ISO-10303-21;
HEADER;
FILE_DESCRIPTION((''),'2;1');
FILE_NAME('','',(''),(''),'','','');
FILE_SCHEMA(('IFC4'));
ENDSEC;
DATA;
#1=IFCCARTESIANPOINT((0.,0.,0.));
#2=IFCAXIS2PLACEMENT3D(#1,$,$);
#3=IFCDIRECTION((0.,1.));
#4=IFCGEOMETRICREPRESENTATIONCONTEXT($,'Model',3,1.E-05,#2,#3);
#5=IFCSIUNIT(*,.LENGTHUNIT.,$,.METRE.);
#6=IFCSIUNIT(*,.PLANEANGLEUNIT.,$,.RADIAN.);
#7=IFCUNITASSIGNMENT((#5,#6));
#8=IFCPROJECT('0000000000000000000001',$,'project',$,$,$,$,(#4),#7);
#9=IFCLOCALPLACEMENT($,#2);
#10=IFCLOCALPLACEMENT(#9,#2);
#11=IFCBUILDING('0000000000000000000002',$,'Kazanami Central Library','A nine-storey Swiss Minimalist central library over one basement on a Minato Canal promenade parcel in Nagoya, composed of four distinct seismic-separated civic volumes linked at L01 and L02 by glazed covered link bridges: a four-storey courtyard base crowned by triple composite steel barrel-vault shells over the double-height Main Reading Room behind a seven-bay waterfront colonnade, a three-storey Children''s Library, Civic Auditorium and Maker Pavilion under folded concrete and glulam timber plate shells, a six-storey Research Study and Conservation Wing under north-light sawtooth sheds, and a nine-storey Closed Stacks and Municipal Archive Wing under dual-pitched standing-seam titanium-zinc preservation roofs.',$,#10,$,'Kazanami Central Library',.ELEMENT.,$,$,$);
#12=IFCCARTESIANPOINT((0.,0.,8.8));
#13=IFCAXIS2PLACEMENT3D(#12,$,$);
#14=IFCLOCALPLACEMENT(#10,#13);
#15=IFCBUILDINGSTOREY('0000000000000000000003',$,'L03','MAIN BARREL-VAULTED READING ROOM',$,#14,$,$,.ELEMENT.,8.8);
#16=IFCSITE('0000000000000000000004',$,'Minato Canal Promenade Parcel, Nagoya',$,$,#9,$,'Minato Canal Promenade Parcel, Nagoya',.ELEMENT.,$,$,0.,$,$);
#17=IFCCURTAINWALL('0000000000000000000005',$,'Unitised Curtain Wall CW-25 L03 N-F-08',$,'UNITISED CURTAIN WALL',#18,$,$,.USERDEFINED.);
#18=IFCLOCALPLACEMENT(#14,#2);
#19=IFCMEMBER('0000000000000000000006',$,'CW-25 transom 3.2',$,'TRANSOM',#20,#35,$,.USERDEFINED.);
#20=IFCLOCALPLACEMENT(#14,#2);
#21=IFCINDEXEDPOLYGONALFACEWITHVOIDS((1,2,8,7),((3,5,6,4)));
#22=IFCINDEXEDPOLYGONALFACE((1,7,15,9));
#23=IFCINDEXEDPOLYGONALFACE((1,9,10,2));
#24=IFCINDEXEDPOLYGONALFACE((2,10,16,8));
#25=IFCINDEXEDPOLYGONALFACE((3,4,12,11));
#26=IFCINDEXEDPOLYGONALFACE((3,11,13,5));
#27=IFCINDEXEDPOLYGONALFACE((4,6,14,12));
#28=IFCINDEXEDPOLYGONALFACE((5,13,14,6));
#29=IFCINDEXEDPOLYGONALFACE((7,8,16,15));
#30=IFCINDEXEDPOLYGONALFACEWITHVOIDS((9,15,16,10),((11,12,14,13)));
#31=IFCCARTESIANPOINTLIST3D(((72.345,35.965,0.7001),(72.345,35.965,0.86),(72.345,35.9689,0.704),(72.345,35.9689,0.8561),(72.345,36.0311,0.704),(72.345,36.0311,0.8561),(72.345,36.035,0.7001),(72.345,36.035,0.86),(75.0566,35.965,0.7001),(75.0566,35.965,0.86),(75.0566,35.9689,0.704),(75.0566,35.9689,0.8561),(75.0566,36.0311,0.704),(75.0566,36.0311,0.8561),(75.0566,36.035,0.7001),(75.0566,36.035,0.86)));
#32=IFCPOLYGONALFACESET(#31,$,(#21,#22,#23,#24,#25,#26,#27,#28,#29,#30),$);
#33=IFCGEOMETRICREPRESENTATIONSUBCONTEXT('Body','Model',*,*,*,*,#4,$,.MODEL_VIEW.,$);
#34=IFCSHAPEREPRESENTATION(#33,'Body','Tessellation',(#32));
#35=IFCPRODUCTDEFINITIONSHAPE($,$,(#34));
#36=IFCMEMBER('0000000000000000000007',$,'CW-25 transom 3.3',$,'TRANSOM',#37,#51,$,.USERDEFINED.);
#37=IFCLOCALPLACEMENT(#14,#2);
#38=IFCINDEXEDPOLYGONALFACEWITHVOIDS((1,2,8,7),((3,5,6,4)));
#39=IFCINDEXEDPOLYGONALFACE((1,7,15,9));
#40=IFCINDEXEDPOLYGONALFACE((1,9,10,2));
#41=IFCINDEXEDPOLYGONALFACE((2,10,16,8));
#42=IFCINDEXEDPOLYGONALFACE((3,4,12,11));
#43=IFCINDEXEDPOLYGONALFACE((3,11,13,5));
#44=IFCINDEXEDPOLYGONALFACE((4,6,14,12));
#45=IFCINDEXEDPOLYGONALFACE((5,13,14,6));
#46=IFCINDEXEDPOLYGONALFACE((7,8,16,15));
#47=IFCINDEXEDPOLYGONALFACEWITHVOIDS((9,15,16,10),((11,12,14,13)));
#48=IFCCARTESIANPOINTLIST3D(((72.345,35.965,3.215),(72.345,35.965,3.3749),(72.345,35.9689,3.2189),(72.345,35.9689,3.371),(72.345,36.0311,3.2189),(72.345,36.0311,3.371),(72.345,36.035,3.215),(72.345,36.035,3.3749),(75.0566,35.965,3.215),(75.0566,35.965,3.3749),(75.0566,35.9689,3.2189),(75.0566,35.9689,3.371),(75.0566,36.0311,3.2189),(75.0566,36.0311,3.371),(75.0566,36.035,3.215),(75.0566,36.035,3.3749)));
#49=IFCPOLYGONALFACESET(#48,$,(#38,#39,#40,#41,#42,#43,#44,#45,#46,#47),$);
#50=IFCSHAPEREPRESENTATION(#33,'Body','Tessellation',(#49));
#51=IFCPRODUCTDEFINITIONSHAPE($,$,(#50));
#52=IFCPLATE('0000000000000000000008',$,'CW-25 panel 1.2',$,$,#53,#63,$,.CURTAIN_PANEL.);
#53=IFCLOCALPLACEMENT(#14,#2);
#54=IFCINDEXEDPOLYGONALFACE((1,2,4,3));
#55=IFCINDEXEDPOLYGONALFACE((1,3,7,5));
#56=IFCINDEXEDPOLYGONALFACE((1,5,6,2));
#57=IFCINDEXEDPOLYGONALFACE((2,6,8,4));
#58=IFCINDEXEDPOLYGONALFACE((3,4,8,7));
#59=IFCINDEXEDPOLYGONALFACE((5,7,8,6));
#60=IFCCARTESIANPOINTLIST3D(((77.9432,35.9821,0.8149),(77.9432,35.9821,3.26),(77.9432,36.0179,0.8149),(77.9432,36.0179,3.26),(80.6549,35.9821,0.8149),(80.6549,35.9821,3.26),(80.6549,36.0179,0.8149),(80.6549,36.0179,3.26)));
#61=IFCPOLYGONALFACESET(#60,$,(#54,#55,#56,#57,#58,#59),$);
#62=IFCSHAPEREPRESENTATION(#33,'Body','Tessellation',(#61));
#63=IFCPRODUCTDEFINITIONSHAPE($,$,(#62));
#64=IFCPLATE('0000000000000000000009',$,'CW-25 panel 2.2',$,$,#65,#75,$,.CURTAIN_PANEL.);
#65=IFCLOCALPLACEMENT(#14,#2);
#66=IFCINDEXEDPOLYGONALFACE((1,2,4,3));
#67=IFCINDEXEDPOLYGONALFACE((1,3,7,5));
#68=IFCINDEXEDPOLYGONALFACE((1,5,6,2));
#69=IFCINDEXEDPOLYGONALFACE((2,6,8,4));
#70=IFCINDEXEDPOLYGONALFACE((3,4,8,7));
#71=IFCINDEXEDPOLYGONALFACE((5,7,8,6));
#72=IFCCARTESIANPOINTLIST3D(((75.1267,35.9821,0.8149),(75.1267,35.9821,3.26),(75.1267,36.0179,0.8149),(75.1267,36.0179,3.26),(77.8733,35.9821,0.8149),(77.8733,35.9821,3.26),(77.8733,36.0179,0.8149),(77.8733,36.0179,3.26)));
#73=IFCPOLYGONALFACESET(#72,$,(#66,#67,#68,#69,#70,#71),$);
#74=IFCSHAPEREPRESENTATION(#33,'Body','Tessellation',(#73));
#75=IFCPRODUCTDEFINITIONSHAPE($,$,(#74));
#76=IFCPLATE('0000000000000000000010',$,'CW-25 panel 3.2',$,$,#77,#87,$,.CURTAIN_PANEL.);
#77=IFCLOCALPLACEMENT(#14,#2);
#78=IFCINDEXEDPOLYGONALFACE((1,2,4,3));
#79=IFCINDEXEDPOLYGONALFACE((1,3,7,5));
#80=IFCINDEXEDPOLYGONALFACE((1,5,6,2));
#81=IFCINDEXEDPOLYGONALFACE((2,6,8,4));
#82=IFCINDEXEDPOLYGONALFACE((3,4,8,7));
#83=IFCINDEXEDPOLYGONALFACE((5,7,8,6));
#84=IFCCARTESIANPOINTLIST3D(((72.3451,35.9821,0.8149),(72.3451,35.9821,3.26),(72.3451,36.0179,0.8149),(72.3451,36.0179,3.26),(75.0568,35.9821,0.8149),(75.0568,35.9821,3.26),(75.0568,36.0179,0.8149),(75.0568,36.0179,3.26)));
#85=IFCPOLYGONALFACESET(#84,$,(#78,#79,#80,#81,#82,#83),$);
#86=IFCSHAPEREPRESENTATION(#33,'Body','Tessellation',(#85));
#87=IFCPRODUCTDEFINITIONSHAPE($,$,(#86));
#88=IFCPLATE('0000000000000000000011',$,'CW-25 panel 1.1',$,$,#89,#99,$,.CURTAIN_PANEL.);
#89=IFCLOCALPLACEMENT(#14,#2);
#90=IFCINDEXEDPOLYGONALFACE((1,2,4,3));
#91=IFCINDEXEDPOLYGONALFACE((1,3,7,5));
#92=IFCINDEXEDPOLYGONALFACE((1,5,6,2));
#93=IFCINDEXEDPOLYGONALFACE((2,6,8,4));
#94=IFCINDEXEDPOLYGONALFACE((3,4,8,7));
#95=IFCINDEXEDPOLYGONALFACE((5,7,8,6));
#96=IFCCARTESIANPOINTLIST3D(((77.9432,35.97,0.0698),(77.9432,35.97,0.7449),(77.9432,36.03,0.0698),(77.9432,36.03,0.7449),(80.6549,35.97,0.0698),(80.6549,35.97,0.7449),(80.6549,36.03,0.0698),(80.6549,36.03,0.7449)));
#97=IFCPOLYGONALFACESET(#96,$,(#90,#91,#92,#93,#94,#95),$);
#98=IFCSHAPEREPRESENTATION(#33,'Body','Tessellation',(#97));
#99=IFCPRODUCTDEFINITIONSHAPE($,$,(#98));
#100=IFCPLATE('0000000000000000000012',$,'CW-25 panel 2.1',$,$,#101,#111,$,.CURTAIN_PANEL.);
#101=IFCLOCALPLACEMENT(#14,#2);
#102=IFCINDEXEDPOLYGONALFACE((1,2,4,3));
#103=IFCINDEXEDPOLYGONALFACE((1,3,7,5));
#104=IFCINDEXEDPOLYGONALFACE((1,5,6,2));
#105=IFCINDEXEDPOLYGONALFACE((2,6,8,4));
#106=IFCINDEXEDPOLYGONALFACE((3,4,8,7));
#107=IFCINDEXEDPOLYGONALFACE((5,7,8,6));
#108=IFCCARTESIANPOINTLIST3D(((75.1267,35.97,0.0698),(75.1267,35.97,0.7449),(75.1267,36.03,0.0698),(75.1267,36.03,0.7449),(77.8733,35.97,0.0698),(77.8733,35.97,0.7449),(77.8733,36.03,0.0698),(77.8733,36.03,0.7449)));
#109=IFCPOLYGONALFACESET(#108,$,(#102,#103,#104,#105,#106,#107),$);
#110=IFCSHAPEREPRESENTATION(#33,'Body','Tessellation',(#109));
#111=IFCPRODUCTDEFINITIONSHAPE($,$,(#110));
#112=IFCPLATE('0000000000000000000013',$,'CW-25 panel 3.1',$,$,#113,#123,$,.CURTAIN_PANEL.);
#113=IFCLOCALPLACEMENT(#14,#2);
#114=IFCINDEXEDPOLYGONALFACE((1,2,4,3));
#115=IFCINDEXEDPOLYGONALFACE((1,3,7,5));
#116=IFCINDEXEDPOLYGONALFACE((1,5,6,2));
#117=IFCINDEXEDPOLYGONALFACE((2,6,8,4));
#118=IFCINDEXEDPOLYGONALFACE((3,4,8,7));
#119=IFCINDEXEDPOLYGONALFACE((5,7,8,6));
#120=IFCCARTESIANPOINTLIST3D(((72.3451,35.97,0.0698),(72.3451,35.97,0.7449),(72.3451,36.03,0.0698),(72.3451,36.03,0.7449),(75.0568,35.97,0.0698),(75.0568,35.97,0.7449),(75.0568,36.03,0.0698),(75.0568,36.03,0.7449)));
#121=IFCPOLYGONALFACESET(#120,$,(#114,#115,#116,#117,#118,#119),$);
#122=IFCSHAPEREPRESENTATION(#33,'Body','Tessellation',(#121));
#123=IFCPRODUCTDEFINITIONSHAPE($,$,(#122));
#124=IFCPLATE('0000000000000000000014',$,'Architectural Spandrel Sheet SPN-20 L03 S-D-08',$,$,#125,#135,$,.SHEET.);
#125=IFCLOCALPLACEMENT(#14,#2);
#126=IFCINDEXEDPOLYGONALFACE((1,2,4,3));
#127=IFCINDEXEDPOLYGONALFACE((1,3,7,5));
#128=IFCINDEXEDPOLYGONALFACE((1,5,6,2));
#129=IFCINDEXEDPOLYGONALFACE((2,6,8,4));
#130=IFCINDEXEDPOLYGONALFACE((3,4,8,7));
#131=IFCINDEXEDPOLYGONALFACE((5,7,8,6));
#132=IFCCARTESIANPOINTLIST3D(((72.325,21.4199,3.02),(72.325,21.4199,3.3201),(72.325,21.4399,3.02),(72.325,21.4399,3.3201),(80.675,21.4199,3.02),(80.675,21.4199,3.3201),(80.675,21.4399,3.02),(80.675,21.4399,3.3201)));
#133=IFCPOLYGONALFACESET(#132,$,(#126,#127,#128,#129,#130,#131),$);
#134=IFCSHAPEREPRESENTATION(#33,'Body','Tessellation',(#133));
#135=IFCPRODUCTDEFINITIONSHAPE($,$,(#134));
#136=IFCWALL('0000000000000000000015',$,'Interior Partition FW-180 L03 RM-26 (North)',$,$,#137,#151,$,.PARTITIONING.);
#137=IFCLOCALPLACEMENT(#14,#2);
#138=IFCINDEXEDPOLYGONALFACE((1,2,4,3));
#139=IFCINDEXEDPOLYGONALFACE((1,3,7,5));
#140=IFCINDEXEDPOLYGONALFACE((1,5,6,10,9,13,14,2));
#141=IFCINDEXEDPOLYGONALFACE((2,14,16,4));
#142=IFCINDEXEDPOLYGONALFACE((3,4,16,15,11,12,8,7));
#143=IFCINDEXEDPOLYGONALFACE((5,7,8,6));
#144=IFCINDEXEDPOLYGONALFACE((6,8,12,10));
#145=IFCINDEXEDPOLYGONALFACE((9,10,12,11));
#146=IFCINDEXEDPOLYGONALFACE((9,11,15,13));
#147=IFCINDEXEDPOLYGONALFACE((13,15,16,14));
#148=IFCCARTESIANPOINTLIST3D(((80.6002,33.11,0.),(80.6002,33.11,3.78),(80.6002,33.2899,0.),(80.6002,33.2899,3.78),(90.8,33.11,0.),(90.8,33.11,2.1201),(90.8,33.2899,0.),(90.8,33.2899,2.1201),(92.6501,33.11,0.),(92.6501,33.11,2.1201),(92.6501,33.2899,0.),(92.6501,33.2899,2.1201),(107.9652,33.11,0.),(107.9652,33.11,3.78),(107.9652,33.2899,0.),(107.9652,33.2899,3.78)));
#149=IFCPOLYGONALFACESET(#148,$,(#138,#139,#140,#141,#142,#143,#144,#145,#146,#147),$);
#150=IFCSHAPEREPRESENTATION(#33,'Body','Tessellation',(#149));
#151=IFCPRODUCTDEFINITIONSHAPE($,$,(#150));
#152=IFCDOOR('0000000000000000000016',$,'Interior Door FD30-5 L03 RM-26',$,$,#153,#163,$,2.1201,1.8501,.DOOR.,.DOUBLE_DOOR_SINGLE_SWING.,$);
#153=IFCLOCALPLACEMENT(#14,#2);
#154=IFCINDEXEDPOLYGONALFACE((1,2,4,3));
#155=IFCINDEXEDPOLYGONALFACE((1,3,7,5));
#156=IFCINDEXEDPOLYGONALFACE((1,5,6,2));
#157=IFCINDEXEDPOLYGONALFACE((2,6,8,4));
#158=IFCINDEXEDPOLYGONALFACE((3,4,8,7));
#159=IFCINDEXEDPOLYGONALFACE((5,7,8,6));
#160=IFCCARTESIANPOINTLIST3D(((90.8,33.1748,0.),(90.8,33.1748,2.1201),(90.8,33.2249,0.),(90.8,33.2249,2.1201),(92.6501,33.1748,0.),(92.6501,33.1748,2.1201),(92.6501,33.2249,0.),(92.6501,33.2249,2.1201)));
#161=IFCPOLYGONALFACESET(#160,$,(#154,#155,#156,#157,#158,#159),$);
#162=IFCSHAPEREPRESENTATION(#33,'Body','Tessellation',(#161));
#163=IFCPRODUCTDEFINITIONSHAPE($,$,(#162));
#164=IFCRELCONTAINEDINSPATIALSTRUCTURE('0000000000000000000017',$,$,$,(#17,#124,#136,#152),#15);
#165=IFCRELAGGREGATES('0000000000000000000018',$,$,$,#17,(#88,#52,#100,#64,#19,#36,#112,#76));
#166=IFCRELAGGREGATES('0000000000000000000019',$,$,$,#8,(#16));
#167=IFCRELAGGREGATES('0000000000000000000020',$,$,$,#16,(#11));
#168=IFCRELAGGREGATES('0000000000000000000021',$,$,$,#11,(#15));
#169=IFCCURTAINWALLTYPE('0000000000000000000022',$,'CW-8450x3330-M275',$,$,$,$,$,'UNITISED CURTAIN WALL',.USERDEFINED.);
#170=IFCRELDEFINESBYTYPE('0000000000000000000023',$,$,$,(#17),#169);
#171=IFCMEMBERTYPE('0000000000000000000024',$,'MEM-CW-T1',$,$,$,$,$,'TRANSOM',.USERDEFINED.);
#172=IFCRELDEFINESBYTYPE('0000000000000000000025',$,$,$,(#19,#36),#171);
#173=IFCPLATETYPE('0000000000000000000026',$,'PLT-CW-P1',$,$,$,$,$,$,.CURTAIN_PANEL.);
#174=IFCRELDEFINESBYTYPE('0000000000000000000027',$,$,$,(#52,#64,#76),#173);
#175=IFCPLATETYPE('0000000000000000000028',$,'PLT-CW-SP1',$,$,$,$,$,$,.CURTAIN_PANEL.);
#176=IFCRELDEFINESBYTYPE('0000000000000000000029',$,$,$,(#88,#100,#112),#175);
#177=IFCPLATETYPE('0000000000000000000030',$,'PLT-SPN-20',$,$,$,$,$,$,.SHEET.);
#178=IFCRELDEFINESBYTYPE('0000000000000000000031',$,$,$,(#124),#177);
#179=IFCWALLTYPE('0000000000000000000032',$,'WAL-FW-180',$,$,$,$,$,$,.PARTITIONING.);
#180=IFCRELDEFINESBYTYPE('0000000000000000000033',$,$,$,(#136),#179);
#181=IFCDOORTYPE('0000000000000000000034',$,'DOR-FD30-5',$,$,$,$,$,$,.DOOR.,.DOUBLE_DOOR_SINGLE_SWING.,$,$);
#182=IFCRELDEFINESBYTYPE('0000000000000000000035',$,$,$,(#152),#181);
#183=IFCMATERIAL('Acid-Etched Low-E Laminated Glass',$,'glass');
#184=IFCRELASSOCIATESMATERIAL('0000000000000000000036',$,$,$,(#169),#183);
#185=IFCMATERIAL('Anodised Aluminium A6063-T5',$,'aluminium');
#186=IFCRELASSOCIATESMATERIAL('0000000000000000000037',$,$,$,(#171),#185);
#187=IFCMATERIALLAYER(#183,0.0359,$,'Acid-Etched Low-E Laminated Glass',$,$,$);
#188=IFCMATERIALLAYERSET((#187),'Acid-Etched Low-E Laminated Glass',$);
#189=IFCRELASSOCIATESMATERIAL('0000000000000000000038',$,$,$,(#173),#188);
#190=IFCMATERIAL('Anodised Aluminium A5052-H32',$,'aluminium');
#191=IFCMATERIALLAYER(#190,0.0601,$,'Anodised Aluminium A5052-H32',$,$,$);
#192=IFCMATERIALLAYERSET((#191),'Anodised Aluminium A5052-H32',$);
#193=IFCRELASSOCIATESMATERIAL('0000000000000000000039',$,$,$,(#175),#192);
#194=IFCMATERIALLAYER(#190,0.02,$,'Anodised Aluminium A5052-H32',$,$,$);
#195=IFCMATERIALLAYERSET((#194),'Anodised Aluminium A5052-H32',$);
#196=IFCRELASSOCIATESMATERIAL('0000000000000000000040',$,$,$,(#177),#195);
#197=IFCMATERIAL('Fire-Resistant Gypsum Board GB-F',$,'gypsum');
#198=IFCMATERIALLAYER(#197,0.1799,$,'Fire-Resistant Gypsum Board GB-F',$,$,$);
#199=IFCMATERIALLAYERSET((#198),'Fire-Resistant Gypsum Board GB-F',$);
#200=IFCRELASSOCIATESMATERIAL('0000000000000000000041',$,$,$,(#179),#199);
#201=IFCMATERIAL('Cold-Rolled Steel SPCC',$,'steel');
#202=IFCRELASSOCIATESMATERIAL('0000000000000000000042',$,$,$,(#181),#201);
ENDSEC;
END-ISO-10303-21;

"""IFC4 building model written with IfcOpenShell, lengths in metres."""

from ifc_helpers import new_model, si_unit, direction, frame, frame_2d, origin, origin_2d, place, context, subcontext, project, spatial, rectangle, hollow_rectangle, extrude, material, layer, layer_set, material_profile, profile_set, type_object, element, fill, aggregate, save


model = new_model("IFC4")

# Units and contexts
model_context = context("Model", 3, precision=1e-05, world=origin(), true_north=direction((0.0, 1.0)))
body_context = subcontext(model_context, "Body", "Model", "MODEL_VIEW")
ifc_project = project(units=[si_unit("LENGTHUNIT", "METRE"), si_unit("PLANEANGLEUNIT", "RADIAN")], contexts=[model_context])

# Site, building, storey
site_placement = place(None, origin())
site = spatial("IfcSite", under=ifc_project, at=site_placement, Name="Minato Canal Promenade Parcel, Nagoya", LongName="Minato Canal Promenade Parcel, Nagoya", CompositionType="ELEMENT", RefElevation=0.0)
building_placement = place(site_placement, origin())
building = spatial("IfcBuilding", under=site, at=building_placement, Name="Kazanami Central Library", Description="A nine-storey Swiss Minimalist central library over one basement on a Minato Canal promenade parcel in Nagoya, composed of four distinct seismic-separated civic volumes linked at L01 and L02 by glazed covered link bridges: a four-storey courtyard base crowned by triple composite steel barrel-vault shells over the double-height Main Reading Room behind a seven-bay waterfront colonnade, a three-storey Children's Library, Civic Auditorium and Maker Pavilion under folded concrete and glulam timber plate shells, a six-storey Research Study and Conservation Wing under north-light sawtooth sheds, and a nine-storey Closed Stacks and Municipal Archive Wing under dual-pitched standing-seam titanium-zinc preservation roofs.", LongName="Kazanami Central Library", CompositionType="ELEMENT")
storey_placement = place(building_placement, frame((0.0, 0.0, 8.8)))
storey = spatial("IfcBuildingStorey", under=building, at=storey_placement, Name="L03", Description="MAIN BARREL-VAULTED READING ROOM", CompositionType="ELEMENT", Elevation=8.8)

# Shared definitions
ifc_material_1 = material(Name="Acid-Etched Low-E Laminated Glass", Category="glass")
curtain_wall_type = type_object("IfcCurtainWallType", Name="CW-8450x3330-M275", ElementType="UNITISED CURTAIN WALL", PredefinedType="USERDEFINED", material=ifc_material_1)
ifc_material_2 = material(Name="Anodised Aluminium A6063-T5", Category="aluminium")

# Curtain wall
curtain_wall_1_placement = place(storey_placement, origin())
curtain_wall_1 = element("IfcCurtainWall", 1, at=curtain_wall_1_placement, inside=storey, type_object=curtain_wall_type, Name="Unitised Curtain Wall CW-25 L03 N-F-08", ObjectType="UNITISED CURTAIN WALL", PredefinedType="USERDEFINED")

# Members
ifc_material_profile_1 = material_profile(ifc_material_2, hollow_rectangle(XDim=0.0701, YDim=0.1599, WallThickness=0.0039, at=origin_2d()), Name="ALU-TRAN-70x160x4")
ifc_profile_set_1 = profile_set([ifc_material_profile_1], Name="Anodised Aluminium A6063-T5")
member_type_1 = type_object("IfcMemberType", Name="MEM-CW-T1", ElementType="TRANSOM", PredefinedType="USERDEFINED", material=ifc_profile_set_1)
member_1_placement = place(storey_placement, frame((75.0566, 36.0, 0.78), z_axis=(-1.0, 0.0, 0.0), x_axis=(0.0, -1.0, 0.0)))
member_1 = element("IfcMember", 2, at=member_1_placement, type_object=member_type_1, Name="CW-25 transom 3.2", ObjectType="TRANSOM", PredefinedType="USERDEFINED", context=body_context, shape_type="SweptSolid", body=[
    extrude(hollow_rectangle(XDim=0.0701, YDim=0.1599, WallThickness=0.0039, at=origin_2d()), origin(), (0.0, 0.0, 1.0), 2.7117),
])
member_2_placement = place(storey_placement, frame((75.0566, 36.0, 3.2949), z_axis=(-1.0, 0.0, 0.0), x_axis=(0.0, -1.0, 0.0)))
member_2 = element("IfcMember", 3, at=member_2_placement, type_object=member_type_1, Name="CW-25 transom 3.3", ObjectType="TRANSOM", PredefinedType="USERDEFINED", context=body_context, shape_type="SweptSolid", body=[
    extrude(hollow_rectangle(XDim=0.0701, YDim=0.1599, WallThickness=0.0039, at=origin_2d()), origin(), (0.0, 0.0, 1.0), 2.7117),
])

# Plates
ifc_layer_1 = layer(ifc_material_1, 0.0359, Name="Acid-Etched Low-E Laminated Glass")
ifc_layer_set_1 = layer_set([ifc_layer_1], Name="Acid-Etched Low-E Laminated Glass")
plate_type_1 = type_object("IfcPlateType", Name="PLT-CW-P1", PredefinedType="CURTAIN_PANEL", material=ifc_layer_set_1)
plate_1_placement = place(storey_placement, frame((79.2991, 36.0, 0.8149), z_axis=(0.0, 0.0, 1.0), x_axis=(-1.0, 0.0, 0.0)))
plate_1 = element("IfcPlate", 4, at=plate_1_placement, type_object=plate_type_1, Name="CW-25 panel 1.2", PredefinedType="CURTAIN_PANEL", context=body_context, shape_type="SweptSolid", body=[
    extrude(rectangle(XDim=2.7117, YDim=0.0359, at=origin_2d()), origin(), (0.0, 0.0, 1.0), 2.4451),
])
plate_2_placement = place(storey_placement, frame((76.5, 36.0, 0.8149), z_axis=(0.0, 0.0, 1.0), x_axis=(-1.0, 0.0, 0.0)))
plate_2 = element("IfcPlate", 5, at=plate_2_placement, type_object=plate_type_1, Name="CW-25 panel 2.2", PredefinedType="CURTAIN_PANEL", context=body_context, shape_type="SweptSolid", body=[
    extrude(rectangle(XDim=2.7466, YDim=0.0359, at=origin_2d()), origin(), (0.0, 0.0, 1.0), 2.4451),
])
plate_3_placement = place(storey_placement, frame((73.7009, 36.0, 0.8149), z_axis=(0.0, 0.0, 1.0), x_axis=(-1.0, 0.0, 0.0)))
plate_3 = element("IfcPlate", 6, at=plate_3_placement, type_object=plate_type_1, Name="CW-25 panel 3.2", PredefinedType="CURTAIN_PANEL", context=body_context, shape_type="SweptSolid", body=[
    extrude(rectangle(XDim=2.7117, YDim=0.0359, at=origin_2d()), origin(), (0.0, 0.0, 1.0), 2.4451),
])
ifc_material_3 = material(Name="Anodised Aluminium A5052-H32", Category="aluminium")
ifc_layer_2 = layer(ifc_material_3, 0.0601, Name="Anodised Aluminium A5052-H32")
ifc_layer_set_2 = layer_set([ifc_layer_2], Name="Anodised Aluminium A5052-H32")
plate_type_2 = type_object("IfcPlateType", Name="PLT-CW-SP1", PredefinedType="CURTAIN_PANEL", material=ifc_layer_set_2)
plate_4_placement = place(storey_placement, frame((79.2991, 36.0, 0.0698), z_axis=(0.0, 0.0, 1.0), x_axis=(-1.0, 0.0, 0.0)))
plate_4 = element("IfcPlate", 7, at=plate_4_placement, type_object=plate_type_2, Name="CW-25 panel 1.1", PredefinedType="CURTAIN_PANEL", context=body_context, shape_type="SweptSolid", body=[
    extrude(rectangle(XDim=2.7117, YDim=0.0601, at=origin_2d()), origin(), (0.0, 0.0, 1.0), 0.675),
])
plate_5_placement = place(storey_placement, frame((76.5, 36.0, 0.0698), z_axis=(0.0, 0.0, 1.0), x_axis=(-1.0, 0.0, 0.0)))
plate_5 = element("IfcPlate", 8, at=plate_5_placement, type_object=plate_type_2, Name="CW-25 panel 2.1", PredefinedType="CURTAIN_PANEL", context=body_context, shape_type="SweptSolid", body=[
    extrude(rectangle(XDim=2.7466, YDim=0.0601, at=origin_2d()), origin(), (0.0, 0.0, 1.0), 0.675),
])
plate_6_placement = place(storey_placement, frame((73.7009, 36.0, 0.0698), z_axis=(0.0, 0.0, 1.0), x_axis=(-1.0, 0.0, 0.0)))
plate_6 = element("IfcPlate", 9, at=plate_6_placement, type_object=plate_type_2, Name="CW-25 panel 3.1", PredefinedType="CURTAIN_PANEL", context=body_context, shape_type="SweptSolid", body=[
    extrude(rectangle(XDim=2.7117, YDim=0.0601, at=origin_2d()), origin(), (0.0, 0.0, 1.0), 0.675),
])
aggregate(curtain_wall_1, [plate_4, plate_1, plate_5, plate_2, member_1, member_2, plate_6, plate_3])
ifc_layer_3 = layer(ifc_material_3, 0.02, Name="Anodised Aluminium A5052-H32")
ifc_layer_set_3 = layer_set([ifc_layer_3], Name="Anodised Aluminium A5052-H32")
plate_type_3 = type_object("IfcPlateType", Name="PLT-SPN-20", PredefinedType="SHEET", material=ifc_layer_set_3)
plate_7_placement = place(storey_placement, frame((76.5, 21.4299, 3.02), z_axis=(0.0, 0.0, 1.0), x_axis=(1.0, 0.0, 0.0)))
element("IfcPlate", 10, at=plate_7_placement, inside=storey, type_object=plate_type_3, Name="Architectural Spandrel Sheet SPN-20 L03 S-D-08", PredefinedType="SHEET", context=body_context, shape_type="SweptSolid", body=[
    extrude(rectangle(XDim=8.3501, YDim=0.02, at=origin_2d()), origin(), (0.0, 0.0, 1.0), 0.3),
])

# Wall, opening, door
ifc_material_4 = material(Name="Fire-Resistant Gypsum Board GB-F", Category="gypsum")
ifc_layer_4 = layer(ifc_material_4, 0.1799, Name="Fire-Resistant Gypsum Board GB-F")
ifc_layer_set_4 = layer_set([ifc_layer_4], Name="Fire-Resistant Gypsum Board GB-F")
wall_type_1 = type_object("IfcWallType", Name="WAL-FW-180", PredefinedType="PARTITIONING", material=ifc_layer_set_4)
wall_1_placement = place(storey_placement, frame((80.6001, 33.2, 0.0), z_axis=(0.0, 0.0, 1.0), x_axis=(1.0, 0.0, 0.0)))
wall_1 = element("IfcWall", 11, at=wall_1_placement, inside=storey, type_object=wall_type_1, Name="Interior Partition FW-180 L03 RM-26 (North)", PredefinedType="PARTITIONING", context=body_context, shape_type="SweptSolid", body=[
    extrude(rectangle(XDim=27.365, YDim=0.1799, at=frame_2d((13.6826, 0.0))), origin(), (0.0, 0.0, 1.0), 3.78),
])
opening_1_placement = place(wall_1_placement, frame((10.2, 0.0, 0.0)))
opening_1 = element("IfcOpeningElement", 12, at=opening_1_placement, cuts=wall_1, PredefinedType="OPENING", context=body_context, shape_type="SweptSolid", body=[
    extrude(rectangle(XDim=1.8501, YDim=2.1201, at=frame_2d((0.925, 1.0601))), frame((0.0, 0.1021, 0.0), z_axis=(0.0, -1.0, 0.0), x_axis=(1.0, 0.0, 0.0)), (0.0, 0.0, 1.0), 0.2039),
])
ifc_material_5 = material(Name="Cold-Rolled Steel SPCC", Category="steel")
door_type_1 = type_object("IfcDoorType", Name="DOR-FD30-5", OperationType="DOUBLE_DOOR_SINGLE_SWING", PredefinedType="DOOR", material=ifc_material_5)
door_1_placement = place(opening_1_placement, origin())
door_1 = element("IfcDoor", 13, at=door_1_placement, inside=storey, type_object=door_type_1, Name="Interior Door FD30-5 L03 RM-26", OperationType="DOUBLE_DOOR_SINGLE_SWING", OverallHeight=2.1201, OverallWidth=1.8501, PredefinedType="DOOR", context=body_context, shape_type="SweptSolid", body=[
    extrude(rectangle(XDim=1.8501, YDim=2.1201, at=frame_2d((0.925, 1.0601))), frame((0.0, 0.0249, 0.0), z_axis=(0.0, -1.0, 0.0), x_axis=(1.0, 0.0, 0.0)), (0.0, 0.0, 1.0), 0.05),
])
fill(opening_1, door_1)

save(model, "model.ifc")
